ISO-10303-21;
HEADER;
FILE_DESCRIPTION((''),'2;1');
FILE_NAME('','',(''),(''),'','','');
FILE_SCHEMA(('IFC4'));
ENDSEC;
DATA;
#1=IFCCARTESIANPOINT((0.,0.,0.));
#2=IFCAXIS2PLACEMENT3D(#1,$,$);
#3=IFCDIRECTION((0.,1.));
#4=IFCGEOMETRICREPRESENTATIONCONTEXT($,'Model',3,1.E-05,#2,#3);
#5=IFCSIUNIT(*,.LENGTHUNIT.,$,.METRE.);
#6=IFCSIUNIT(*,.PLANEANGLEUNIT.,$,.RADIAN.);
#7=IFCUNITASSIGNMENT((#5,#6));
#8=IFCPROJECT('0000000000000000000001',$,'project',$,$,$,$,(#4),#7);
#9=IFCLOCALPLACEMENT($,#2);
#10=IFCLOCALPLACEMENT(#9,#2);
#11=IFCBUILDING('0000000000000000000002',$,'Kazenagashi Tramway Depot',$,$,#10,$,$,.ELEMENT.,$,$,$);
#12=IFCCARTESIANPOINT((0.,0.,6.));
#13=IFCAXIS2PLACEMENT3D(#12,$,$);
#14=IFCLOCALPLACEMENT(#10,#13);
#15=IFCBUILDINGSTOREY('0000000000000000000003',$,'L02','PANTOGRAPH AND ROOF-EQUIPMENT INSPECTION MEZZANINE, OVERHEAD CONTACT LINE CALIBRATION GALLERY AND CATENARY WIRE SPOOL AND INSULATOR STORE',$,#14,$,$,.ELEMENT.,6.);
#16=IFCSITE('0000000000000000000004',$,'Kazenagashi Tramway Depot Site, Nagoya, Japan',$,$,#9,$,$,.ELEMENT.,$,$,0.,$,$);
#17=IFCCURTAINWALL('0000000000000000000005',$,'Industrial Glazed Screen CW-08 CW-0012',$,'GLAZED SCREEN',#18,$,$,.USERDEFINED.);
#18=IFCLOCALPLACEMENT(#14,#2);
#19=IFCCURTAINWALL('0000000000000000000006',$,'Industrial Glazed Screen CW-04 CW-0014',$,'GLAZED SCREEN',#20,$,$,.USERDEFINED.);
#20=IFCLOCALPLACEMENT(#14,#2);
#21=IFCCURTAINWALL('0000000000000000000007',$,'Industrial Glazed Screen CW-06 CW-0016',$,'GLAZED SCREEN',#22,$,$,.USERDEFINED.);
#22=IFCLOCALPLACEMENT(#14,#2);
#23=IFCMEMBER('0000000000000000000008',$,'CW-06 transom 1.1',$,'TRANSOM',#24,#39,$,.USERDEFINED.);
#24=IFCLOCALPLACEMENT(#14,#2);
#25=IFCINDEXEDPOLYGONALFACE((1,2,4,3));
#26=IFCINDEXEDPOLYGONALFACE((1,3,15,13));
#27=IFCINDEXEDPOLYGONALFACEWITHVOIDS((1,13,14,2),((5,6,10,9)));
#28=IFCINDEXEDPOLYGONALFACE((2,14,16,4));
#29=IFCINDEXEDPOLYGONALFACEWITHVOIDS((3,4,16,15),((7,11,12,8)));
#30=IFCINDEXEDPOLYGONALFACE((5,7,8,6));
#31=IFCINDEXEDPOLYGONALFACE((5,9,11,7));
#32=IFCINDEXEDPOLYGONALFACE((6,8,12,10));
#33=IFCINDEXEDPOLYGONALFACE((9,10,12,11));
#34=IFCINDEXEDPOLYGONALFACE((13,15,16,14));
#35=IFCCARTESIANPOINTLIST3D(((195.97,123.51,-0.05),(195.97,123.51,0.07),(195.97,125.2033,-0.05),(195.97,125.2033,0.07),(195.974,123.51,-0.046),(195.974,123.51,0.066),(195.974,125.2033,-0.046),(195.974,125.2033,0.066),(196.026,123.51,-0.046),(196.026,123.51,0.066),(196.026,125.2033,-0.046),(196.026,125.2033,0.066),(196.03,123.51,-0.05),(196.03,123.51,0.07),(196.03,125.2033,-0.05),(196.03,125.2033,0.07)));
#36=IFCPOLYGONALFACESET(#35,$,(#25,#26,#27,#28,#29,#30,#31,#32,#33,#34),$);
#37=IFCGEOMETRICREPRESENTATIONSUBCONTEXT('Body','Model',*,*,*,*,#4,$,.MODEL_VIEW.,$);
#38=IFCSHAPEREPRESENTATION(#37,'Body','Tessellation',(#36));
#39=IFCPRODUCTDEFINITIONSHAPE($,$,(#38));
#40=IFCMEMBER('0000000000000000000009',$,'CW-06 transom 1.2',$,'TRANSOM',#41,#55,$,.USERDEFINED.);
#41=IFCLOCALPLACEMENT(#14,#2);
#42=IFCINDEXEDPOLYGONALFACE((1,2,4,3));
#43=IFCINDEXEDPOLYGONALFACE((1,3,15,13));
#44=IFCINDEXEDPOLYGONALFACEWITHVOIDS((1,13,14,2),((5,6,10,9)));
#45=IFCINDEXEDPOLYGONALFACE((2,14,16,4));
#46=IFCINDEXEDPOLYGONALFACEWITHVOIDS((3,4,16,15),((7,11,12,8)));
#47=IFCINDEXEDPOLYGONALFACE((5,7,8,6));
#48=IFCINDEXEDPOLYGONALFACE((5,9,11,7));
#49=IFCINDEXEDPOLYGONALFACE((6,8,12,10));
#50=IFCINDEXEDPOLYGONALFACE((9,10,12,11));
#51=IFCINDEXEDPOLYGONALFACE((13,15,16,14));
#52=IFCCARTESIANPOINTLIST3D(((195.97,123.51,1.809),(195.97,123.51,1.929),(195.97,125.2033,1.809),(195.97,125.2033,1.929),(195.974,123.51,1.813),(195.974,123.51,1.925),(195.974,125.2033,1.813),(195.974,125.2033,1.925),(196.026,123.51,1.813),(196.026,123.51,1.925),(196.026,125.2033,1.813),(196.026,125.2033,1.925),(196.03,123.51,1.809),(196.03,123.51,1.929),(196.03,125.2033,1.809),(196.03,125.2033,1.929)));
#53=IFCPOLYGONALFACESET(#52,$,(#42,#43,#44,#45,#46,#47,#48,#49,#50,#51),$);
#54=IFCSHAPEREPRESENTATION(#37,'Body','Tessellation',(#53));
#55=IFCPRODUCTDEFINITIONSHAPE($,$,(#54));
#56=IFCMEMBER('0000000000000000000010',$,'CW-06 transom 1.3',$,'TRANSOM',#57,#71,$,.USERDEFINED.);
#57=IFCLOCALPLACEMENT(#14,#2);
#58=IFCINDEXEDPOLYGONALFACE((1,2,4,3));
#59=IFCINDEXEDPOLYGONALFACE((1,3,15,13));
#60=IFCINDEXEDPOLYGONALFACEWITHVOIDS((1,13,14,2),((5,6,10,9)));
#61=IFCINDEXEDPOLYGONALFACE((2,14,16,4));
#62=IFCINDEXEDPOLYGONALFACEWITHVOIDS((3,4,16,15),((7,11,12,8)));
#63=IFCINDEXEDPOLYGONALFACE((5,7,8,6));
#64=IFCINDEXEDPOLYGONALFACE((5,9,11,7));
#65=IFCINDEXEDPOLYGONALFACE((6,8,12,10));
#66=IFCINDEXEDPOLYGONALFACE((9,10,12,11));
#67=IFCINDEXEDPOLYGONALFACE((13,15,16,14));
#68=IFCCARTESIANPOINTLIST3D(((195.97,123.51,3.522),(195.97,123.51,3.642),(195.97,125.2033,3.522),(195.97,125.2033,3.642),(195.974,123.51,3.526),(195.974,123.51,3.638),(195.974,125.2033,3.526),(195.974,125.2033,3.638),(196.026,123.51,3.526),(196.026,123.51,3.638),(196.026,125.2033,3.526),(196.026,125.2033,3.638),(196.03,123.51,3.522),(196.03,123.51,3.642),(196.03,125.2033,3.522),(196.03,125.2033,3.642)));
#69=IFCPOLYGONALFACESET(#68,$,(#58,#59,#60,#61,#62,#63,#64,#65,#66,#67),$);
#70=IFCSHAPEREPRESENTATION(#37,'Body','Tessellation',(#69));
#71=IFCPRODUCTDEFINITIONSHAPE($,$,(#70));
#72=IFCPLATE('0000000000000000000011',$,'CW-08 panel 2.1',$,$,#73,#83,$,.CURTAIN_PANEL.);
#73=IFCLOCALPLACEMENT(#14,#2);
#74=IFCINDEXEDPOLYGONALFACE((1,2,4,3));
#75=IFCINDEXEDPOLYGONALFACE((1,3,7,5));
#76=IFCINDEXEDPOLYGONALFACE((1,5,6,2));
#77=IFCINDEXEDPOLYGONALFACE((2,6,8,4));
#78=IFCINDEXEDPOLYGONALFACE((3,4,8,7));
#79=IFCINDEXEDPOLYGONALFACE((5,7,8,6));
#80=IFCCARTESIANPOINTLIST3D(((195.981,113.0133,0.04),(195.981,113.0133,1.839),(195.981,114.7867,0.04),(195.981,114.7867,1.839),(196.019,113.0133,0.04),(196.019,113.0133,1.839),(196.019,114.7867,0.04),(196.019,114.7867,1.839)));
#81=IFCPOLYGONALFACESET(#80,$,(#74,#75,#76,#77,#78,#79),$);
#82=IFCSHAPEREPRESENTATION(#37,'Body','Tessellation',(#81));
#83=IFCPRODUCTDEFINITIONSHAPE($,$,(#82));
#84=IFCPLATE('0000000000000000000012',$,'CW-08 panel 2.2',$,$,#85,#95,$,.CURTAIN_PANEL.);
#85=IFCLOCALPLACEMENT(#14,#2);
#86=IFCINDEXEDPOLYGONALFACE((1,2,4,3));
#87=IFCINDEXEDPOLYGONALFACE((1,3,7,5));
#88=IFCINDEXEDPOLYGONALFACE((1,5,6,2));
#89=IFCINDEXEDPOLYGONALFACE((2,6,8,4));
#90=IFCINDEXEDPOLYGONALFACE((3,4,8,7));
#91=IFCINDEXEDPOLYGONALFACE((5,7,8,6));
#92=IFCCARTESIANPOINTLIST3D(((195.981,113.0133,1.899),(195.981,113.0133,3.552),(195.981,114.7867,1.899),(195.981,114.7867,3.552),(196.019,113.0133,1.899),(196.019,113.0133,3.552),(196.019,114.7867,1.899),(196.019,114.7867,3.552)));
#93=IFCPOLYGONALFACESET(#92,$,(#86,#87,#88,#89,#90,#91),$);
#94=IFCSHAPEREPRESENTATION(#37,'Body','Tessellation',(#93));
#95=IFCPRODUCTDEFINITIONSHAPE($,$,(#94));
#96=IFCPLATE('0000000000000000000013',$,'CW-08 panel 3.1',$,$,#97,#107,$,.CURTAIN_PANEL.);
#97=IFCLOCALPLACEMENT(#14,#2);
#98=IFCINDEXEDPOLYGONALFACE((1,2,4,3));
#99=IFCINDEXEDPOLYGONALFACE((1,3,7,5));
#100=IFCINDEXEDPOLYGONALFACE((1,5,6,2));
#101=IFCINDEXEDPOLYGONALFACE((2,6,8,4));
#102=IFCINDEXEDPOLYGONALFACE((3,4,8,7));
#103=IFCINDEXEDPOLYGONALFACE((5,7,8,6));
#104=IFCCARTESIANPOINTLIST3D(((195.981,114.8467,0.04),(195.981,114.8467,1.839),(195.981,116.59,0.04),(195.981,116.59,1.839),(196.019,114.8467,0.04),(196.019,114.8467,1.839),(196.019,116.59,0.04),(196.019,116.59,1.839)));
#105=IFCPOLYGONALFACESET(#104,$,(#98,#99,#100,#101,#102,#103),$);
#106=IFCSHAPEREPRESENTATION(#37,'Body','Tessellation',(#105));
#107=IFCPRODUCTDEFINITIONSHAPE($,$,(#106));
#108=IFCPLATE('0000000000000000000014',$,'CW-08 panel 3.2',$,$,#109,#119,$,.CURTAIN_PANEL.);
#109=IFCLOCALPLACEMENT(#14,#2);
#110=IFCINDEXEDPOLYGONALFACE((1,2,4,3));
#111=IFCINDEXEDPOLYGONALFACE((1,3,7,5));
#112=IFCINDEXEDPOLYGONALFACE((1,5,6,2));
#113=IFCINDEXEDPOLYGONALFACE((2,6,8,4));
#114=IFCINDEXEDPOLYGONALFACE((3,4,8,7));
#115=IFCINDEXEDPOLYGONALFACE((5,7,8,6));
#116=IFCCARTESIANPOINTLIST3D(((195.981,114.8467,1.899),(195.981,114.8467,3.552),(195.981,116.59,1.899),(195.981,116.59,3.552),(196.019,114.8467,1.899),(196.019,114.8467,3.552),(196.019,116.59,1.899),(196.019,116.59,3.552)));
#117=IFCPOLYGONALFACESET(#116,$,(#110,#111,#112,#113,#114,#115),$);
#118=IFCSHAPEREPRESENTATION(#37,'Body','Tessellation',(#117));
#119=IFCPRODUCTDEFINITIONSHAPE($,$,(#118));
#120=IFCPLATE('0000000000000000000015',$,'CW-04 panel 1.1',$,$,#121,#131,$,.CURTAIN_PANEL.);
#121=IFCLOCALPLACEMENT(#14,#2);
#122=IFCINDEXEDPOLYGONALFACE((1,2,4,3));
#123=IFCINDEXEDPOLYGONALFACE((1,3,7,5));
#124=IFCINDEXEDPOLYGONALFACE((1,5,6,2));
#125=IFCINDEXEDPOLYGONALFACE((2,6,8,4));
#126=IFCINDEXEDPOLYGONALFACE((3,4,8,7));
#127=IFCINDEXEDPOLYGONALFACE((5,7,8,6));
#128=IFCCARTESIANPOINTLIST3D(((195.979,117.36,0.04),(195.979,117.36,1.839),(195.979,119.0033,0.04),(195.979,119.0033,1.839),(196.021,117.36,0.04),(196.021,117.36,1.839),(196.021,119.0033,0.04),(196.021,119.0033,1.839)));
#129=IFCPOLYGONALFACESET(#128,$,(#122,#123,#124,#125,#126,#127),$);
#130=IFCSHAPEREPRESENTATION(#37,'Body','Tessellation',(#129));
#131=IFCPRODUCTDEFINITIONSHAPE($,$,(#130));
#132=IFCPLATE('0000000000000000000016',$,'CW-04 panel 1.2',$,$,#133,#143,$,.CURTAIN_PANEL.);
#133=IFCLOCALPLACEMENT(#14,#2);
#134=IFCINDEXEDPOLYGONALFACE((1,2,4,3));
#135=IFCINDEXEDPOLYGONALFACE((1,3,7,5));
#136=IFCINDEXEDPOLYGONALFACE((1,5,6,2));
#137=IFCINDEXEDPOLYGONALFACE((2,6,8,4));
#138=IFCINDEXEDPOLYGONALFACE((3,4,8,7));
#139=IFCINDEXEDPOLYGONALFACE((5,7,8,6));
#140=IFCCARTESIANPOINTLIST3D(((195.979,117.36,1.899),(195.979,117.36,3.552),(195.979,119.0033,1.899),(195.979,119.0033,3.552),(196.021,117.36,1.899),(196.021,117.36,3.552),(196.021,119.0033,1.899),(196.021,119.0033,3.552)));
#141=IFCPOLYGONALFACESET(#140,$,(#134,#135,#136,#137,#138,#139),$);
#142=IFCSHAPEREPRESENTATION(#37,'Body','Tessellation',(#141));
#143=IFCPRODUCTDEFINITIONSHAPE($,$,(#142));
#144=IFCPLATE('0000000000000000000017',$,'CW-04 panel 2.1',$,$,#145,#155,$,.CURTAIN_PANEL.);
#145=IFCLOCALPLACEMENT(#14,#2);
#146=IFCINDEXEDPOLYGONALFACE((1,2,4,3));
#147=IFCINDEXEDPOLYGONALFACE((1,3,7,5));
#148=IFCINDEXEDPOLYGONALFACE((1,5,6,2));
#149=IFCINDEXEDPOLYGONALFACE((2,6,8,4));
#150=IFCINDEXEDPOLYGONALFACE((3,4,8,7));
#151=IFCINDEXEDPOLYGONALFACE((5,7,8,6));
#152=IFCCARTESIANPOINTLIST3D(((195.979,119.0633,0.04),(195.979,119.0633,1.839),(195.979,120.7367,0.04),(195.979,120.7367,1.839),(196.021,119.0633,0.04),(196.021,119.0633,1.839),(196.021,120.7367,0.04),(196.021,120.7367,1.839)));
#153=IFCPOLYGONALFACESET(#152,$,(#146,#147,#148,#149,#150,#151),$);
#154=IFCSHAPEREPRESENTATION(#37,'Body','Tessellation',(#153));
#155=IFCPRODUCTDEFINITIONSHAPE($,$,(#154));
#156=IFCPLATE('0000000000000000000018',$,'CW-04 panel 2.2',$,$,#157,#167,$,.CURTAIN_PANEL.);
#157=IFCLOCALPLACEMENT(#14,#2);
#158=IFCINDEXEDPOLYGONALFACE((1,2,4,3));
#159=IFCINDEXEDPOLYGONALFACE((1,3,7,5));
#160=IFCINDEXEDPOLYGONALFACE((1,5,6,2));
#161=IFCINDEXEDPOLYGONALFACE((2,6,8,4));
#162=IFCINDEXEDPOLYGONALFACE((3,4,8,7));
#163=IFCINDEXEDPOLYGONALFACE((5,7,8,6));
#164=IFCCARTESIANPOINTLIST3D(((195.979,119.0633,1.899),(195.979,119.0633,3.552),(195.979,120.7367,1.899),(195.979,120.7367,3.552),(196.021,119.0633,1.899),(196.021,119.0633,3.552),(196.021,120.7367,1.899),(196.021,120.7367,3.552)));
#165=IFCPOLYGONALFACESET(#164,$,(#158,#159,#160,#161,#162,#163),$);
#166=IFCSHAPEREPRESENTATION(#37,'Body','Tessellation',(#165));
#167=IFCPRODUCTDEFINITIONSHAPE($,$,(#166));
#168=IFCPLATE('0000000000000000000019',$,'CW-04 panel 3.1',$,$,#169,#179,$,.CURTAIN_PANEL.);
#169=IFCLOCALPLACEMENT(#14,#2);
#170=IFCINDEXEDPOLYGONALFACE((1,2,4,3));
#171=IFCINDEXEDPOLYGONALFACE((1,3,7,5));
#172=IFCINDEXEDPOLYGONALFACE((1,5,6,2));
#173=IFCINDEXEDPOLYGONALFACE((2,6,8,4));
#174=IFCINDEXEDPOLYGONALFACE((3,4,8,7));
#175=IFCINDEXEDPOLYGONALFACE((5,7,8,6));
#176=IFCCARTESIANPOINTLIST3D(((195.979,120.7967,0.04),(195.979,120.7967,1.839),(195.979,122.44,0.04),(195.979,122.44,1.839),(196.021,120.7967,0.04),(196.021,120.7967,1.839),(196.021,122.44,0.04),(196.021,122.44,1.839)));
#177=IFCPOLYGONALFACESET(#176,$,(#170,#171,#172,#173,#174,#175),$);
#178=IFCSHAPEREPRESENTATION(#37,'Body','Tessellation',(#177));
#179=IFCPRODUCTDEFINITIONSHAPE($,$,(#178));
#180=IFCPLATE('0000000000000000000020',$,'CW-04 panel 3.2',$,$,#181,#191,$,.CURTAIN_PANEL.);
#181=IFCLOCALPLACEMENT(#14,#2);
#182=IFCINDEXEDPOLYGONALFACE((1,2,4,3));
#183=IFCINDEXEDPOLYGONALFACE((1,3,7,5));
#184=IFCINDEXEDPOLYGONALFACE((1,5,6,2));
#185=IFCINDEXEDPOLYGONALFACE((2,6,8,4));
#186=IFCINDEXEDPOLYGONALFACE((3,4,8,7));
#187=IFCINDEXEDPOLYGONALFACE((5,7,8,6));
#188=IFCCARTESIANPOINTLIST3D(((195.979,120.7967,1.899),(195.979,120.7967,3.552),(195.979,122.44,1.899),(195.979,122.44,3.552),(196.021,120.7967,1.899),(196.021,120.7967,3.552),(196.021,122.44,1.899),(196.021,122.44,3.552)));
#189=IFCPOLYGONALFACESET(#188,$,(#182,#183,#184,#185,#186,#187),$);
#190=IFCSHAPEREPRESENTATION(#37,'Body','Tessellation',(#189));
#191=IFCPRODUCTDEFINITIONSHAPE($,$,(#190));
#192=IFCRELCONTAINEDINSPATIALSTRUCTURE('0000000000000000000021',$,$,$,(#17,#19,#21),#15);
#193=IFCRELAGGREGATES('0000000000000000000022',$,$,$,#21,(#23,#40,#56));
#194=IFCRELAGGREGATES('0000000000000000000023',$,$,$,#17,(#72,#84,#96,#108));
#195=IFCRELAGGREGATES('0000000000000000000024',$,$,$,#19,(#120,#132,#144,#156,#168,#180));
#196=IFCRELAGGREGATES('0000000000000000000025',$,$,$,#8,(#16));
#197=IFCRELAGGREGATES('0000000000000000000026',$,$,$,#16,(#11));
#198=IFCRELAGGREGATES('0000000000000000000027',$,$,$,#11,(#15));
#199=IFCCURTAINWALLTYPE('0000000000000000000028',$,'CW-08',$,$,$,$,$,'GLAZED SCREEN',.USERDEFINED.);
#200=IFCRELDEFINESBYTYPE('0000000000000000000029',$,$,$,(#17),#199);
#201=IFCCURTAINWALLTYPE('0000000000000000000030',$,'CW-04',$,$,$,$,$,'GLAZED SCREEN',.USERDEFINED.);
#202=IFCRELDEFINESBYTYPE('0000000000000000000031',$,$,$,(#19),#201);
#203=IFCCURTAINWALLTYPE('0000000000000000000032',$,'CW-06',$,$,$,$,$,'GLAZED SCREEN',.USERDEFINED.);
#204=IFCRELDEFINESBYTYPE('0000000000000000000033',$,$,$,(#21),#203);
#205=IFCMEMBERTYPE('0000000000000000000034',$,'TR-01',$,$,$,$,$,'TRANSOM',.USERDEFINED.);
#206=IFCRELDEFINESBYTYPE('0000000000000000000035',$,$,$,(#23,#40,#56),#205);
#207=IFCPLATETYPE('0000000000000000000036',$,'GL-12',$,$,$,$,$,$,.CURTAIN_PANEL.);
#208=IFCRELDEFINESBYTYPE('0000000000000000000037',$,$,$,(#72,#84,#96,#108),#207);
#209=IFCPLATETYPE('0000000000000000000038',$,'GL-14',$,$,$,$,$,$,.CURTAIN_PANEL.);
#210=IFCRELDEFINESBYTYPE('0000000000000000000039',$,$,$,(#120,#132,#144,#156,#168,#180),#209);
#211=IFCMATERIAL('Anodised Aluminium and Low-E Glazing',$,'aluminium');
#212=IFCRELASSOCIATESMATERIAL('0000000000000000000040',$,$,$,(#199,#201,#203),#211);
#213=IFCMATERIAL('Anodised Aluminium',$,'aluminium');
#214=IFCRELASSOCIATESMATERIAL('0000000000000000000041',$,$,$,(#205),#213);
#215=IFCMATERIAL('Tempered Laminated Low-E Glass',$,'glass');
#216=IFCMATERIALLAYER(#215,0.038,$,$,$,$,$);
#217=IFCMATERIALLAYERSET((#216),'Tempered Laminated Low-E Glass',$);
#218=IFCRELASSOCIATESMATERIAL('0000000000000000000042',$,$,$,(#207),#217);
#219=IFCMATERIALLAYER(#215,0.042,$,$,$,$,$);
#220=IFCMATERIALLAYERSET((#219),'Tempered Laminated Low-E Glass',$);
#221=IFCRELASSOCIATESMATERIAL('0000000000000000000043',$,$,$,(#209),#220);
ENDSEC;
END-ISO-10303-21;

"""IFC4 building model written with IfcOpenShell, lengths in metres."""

from ifc_helpers import new_model, si_unit, direction, frame, origin, origin_2d, place, context, subcontext, project, spatial, rectangle, hollow_rectangle, extrude, material, layer, layer_set, material_profile, profile_set, type_object, element, aggregate, save


model = new_model("IFC4")

# Units and contexts
model_context = context("Model", 3, precision=1e-05, world=origin(), true_north=direction((0.0, 1.0)))
body_context = subcontext(model_context, "Body", "Model", "MODEL_VIEW")
ifc_project = project(units=[si_unit("LENGTHUNIT", "METRE"), si_unit("PLANEANGLEUNIT", "RADIAN")], contexts=[model_context])

# Site, building, storey
site_placement = place(None, origin())
site = spatial("IfcSite", under=ifc_project, at=site_placement, Name="Kazenagashi Tramway Depot Site, Nagoya, Japan", CompositionType="ELEMENT", RefElevation=0.0)
building_placement = place(site_placement, origin())
building = spatial("IfcBuilding", under=site, at=building_placement, Name="Kazenagashi Tramway Depot", CompositionType="ELEMENT")
storey_placement = place(building_placement, frame((0.0, 0.0, 6.0)))
storey = spatial("IfcBuildingStorey", under=building, at=storey_placement, Name="L02", Description="PANTOGRAPH AND ROOF-EQUIPMENT INSPECTION MEZZANINE, OVERHEAD CONTACT LINE CALIBRATION GALLERY AND CATENARY WIRE SPOOL AND INSULATOR STORE", CompositionType="ELEMENT", Elevation=6.0)

# Curtain walls
ifc_material_1 = material(Name="Anodised Aluminium and Low-E Glazing", Category="aluminium")
curtain_wall_type_1 = type_object("IfcCurtainWallType", Name="CW-08", ElementType="GLAZED SCREEN", PredefinedType="USERDEFINED", material=ifc_material_1)
curtain_wall_1_placement = place(storey_placement, origin())
curtain_wall_1 = element("IfcCurtainWall", 1, at=curtain_wall_1_placement, inside=storey, type_object=curtain_wall_type_1, Name="Industrial Glazed Screen CW-08 CW-0012", ObjectType="GLAZED SCREEN", PredefinedType="USERDEFINED")
ifc_material_2 = material(Name="Anodised Aluminium", Category="aluminium")
curtain_wall_type_2 = type_object("IfcCurtainWallType", Name="CW-04", ElementType="GLAZED SCREEN", PredefinedType="USERDEFINED", material=ifc_material_1)
curtain_wall_2_placement = place(storey_placement, origin())
curtain_wall_2 = element("IfcCurtainWall", 2, at=curtain_wall_2_placement, inside=storey, type_object=curtain_wall_type_2, Name="Industrial Glazed Screen CW-04 CW-0014", ObjectType="GLAZED SCREEN", PredefinedType="USERDEFINED")

# Curtain wall
curtain_wall_type_3 = type_object("IfcCurtainWallType", Name="CW-06", ElementType="GLAZED SCREEN", PredefinedType="USERDEFINED", material=ifc_material_1)
curtain_wall_3_placement = place(storey_placement, origin())
curtain_wall_3 = element("IfcCurtainWall", 3, at=curtain_wall_3_placement, inside=storey, type_object=curtain_wall_type_3, Name="Industrial Glazed Screen CW-06 CW-0016", ObjectType="GLAZED SCREEN", PredefinedType="USERDEFINED")

# Members
ifc_material_profile_1 = material_profile(ifc_material_2, hollow_rectangle(XDim=0.06, YDim=0.12, WallThickness=0.004, at=origin_2d()), Name="RHS-120x60x4")
ifc_profile_set_1 = profile_set([ifc_material_profile_1], Name="Anodised Aluminium")
member_type_1 = type_object("IfcMemberType", Name="TR-01", ElementType="TRANSOM", PredefinedType="USERDEFINED", material=ifc_profile_set_1)
member_1_placement = place(storey_placement, frame((196.0, 123.51, 0.01), z_axis=(0.0, 1.0, 0.0), x_axis=(-1.0, 0.0, 0.0)))
member_1 = element("IfcMember", 4, at=member_1_placement, type_object=member_type_1, Name="CW-06 transom 1.1", ObjectType="TRANSOM", PredefinedType="USERDEFINED", context=body_context, shape_type="SweptSolid", body=[
    extrude(hollow_rectangle(XDim=0.06, YDim=0.12, WallThickness=0.004, at=origin_2d()), origin(), (0.0, 0.0, 1.0), 1.6933),
])
member_2_placement = place(storey_placement, frame((196.0, 123.51, 1.869), z_axis=(0.0, 1.0, 0.0), x_axis=(-1.0, 0.0, 0.0)))
member_2 = element("IfcMember", 5, at=member_2_placement, type_object=member_type_1, Name="CW-06 transom 1.2", ObjectType="TRANSOM", PredefinedType="USERDEFINED", context=body_context, shape_type="SweptSolid", body=[
    extrude(hollow_rectangle(XDim=0.06, YDim=0.12, WallThickness=0.004, at=origin_2d()), origin(), (0.0, 0.0, 1.0), 1.6933),
])
member_3_placement = place(storey_placement, frame((196.0, 123.51, 3.582), z_axis=(0.0, 1.0, 0.0), x_axis=(-1.0, 0.0, 0.0)))
member_3 = element("IfcMember", 6, at=member_3_placement, type_object=member_type_1, Name="CW-06 transom 1.3", ObjectType="TRANSOM", PredefinedType="USERDEFINED", context=body_context, shape_type="SweptSolid", body=[
    extrude(hollow_rectangle(XDim=0.06, YDim=0.12, WallThickness=0.004, at=origin_2d()), origin(), (0.0, 0.0, 1.0), 1.6933),
])
aggregate(curtain_wall_3, [member_1, member_2, member_3])

# Plates
ifc_material_3 = material(Name="Tempered Laminated Low-E Glass", Category="glass")
ifc_layer_1 = layer(ifc_material_3, 0.038)
ifc_layer_set_1 = layer_set([ifc_layer_1], Name="Tempered Laminated Low-E Glass")
plate_type_1 = type_object("IfcPlateType", Name="GL-12", PredefinedType="CURTAIN_PANEL", material=ifc_layer_set_1)
plate_1_placement = place(storey_placement, frame((196.0, 113.9, 0.04), z_axis=(0.0, 0.0, 1.0), x_axis=(0.0, 1.0, 0.0)))
plate_1 = element("IfcPlate", 7, at=plate_1_placement, type_object=plate_type_1, Name="CW-08 panel 2.1", PredefinedType="CURTAIN_PANEL", context=body_context, shape_type="SweptSolid", body=[
    extrude(rectangle(XDim=1.7733, YDim=0.038, at=origin_2d()), origin(), (0.0, 0.0, 1.0), 1.799),
])
plate_2_placement = place(storey_placement, frame((196.0, 113.9, 1.899), z_axis=(0.0, 0.0, 1.0), x_axis=(0.0, 1.0, 0.0)))
plate_2 = element("IfcPlate", 8, at=plate_2_placement, type_object=plate_type_1, Name="CW-08 panel 2.2", PredefinedType="CURTAIN_PANEL", context=body_context, shape_type="SweptSolid", body=[
    extrude(rectangle(XDim=1.7733, YDim=0.038, at=origin_2d()), origin(), (0.0, 0.0, 1.0), 1.653),
])
plate_3_placement = place(storey_placement, frame((196.0, 115.7183, 0.04), z_axis=(0.0, 0.0, 1.0), x_axis=(0.0, 1.0, 0.0)))
plate_3 = element("IfcPlate", 9, at=plate_3_placement, type_object=plate_type_1, Name="CW-08 panel 3.1", PredefinedType="CURTAIN_PANEL", context=body_context, shape_type="SweptSolid", body=[
    extrude(rectangle(XDim=1.7433, YDim=0.038, at=origin_2d()), origin(), (0.0, 0.0, 1.0), 1.799),
])
plate_4_placement = place(storey_placement, frame((196.0, 115.7183, 1.899), z_axis=(0.0, 0.0, 1.0), x_axis=(0.0, 1.0, 0.0)))
plate_4 = element("IfcPlate", 10, at=plate_4_placement, type_object=plate_type_1, Name="CW-08 panel 3.2", PredefinedType="CURTAIN_PANEL", context=body_context, shape_type="SweptSolid", body=[
    extrude(rectangle(XDim=1.7433, YDim=0.038, at=origin_2d()), origin(), (0.0, 0.0, 1.0), 1.653),
])
aggregate(curtain_wall_1, [plate_1, plate_2, plate_3, plate_4])
ifc_layer_2 = layer(ifc_material_3, 0.042)
ifc_layer_set_2 = layer_set([ifc_layer_2], Name="Tempered Laminated Low-E Glass")
plate_type_2 = type_object("IfcPlateType", Name="GL-14", PredefinedType="CURTAIN_PANEL", material=ifc_layer_set_2)
plate_5_placement = place(storey_placement, frame((196.0, 118.1817, 0.04), z_axis=(0.0, 0.0, 1.0), x_axis=(0.0, 1.0, 0.0)))
plate_5 = element("IfcPlate", 11, at=plate_5_placement, type_object=plate_type_2, Name="CW-04 panel 1.1", PredefinedType="CURTAIN_PANEL", context=body_context, shape_type="SweptSolid", body=[
    extrude(rectangle(XDim=1.6433, YDim=0.042, at=origin_2d()), origin(), (0.0, 0.0, 1.0), 1.799),
])
plate_6_placement = place(storey_placement, frame((196.0, 118.1817, 1.899), z_axis=(0.0, 0.0, 1.0), x_axis=(0.0, 1.0, 0.0)))
plate_6 = element("IfcPlate", 12, at=plate_6_placement, type_object=plate_type_2, Name="CW-04 panel 1.2", PredefinedType="CURTAIN_PANEL", context=body_context, shape_type="SweptSolid", body=[
    extrude(rectangle(XDim=1.6433, YDim=0.042, at=origin_2d()), origin(), (0.0, 0.0, 1.0), 1.653),
])
plate_7_placement = place(storey_placement, frame((196.0, 119.9, 0.04), z_axis=(0.0, 0.0, 1.0), x_axis=(0.0, 1.0, 0.0)))
plate_7 = element("IfcPlate", 13, at=plate_7_placement, type_object=plate_type_2, Name="CW-04 panel 2.1", PredefinedType="CURTAIN_PANEL", context=body_context, shape_type="SweptSolid", body=[
    extrude(rectangle(XDim=1.6733, YDim=0.042, at=origin_2d()), origin(), (0.0, 0.0, 1.0), 1.799),
])
plate_8_placement = place(storey_placement, frame((196.0, 119.9, 1.899), z_axis=(0.0, 0.0, 1.0), x_axis=(0.0, 1.0, 0.0)))
plate_8 = element("IfcPlate", 14, at=plate_8_placement, type_object=plate_type_2, Name="CW-04 panel 2.2", PredefinedType="CURTAIN_PANEL", context=body_context, shape_type="SweptSolid", body=[
    extrude(rectangle(XDim=1.6733, YDim=0.042, at=origin_2d()), origin(), (0.0, 0.0, 1.0), 1.653),
])
plate_9_placement = place(storey_placement, frame((196.0, 121.6183, 0.04), z_axis=(0.0, 0.0, 1.0), x_axis=(0.0, 1.0, 0.0)))
plate_9 = element("IfcPlate", 15, at=plate_9_placement, type_object=plate_type_2, Name="CW-04 panel 3.1", PredefinedType="CURTAIN_PANEL", context=body_context, shape_type="SweptSolid", body=[
    extrude(rectangle(XDim=1.6433, YDim=0.042, at=origin_2d()), origin(), (0.0, 0.0, 1.0), 1.799),
])
plate_10_placement = place(storey_placement, frame((196.0, 121.6183, 1.899), z_axis=(0.0, 0.0, 1.0), x_axis=(0.0, 1.0, 0.0)))
plate_10 = element("IfcPlate", 16, at=plate_10_placement, type_object=plate_type_2, Name="CW-04 panel 3.2", PredefinedType="CURTAIN_PANEL", context=body_context, shape_type="SweptSolid", body=[
    extrude(rectangle(XDim=1.6433, YDim=0.042, at=origin_2d()), origin(), (0.0, 0.0, 1.0), 1.653),
])
aggregate(curtain_wall_2, [plate_5, plate_6, plate_7, plate_8, plate_9, plate_10])

save(model, "model.ifc")
